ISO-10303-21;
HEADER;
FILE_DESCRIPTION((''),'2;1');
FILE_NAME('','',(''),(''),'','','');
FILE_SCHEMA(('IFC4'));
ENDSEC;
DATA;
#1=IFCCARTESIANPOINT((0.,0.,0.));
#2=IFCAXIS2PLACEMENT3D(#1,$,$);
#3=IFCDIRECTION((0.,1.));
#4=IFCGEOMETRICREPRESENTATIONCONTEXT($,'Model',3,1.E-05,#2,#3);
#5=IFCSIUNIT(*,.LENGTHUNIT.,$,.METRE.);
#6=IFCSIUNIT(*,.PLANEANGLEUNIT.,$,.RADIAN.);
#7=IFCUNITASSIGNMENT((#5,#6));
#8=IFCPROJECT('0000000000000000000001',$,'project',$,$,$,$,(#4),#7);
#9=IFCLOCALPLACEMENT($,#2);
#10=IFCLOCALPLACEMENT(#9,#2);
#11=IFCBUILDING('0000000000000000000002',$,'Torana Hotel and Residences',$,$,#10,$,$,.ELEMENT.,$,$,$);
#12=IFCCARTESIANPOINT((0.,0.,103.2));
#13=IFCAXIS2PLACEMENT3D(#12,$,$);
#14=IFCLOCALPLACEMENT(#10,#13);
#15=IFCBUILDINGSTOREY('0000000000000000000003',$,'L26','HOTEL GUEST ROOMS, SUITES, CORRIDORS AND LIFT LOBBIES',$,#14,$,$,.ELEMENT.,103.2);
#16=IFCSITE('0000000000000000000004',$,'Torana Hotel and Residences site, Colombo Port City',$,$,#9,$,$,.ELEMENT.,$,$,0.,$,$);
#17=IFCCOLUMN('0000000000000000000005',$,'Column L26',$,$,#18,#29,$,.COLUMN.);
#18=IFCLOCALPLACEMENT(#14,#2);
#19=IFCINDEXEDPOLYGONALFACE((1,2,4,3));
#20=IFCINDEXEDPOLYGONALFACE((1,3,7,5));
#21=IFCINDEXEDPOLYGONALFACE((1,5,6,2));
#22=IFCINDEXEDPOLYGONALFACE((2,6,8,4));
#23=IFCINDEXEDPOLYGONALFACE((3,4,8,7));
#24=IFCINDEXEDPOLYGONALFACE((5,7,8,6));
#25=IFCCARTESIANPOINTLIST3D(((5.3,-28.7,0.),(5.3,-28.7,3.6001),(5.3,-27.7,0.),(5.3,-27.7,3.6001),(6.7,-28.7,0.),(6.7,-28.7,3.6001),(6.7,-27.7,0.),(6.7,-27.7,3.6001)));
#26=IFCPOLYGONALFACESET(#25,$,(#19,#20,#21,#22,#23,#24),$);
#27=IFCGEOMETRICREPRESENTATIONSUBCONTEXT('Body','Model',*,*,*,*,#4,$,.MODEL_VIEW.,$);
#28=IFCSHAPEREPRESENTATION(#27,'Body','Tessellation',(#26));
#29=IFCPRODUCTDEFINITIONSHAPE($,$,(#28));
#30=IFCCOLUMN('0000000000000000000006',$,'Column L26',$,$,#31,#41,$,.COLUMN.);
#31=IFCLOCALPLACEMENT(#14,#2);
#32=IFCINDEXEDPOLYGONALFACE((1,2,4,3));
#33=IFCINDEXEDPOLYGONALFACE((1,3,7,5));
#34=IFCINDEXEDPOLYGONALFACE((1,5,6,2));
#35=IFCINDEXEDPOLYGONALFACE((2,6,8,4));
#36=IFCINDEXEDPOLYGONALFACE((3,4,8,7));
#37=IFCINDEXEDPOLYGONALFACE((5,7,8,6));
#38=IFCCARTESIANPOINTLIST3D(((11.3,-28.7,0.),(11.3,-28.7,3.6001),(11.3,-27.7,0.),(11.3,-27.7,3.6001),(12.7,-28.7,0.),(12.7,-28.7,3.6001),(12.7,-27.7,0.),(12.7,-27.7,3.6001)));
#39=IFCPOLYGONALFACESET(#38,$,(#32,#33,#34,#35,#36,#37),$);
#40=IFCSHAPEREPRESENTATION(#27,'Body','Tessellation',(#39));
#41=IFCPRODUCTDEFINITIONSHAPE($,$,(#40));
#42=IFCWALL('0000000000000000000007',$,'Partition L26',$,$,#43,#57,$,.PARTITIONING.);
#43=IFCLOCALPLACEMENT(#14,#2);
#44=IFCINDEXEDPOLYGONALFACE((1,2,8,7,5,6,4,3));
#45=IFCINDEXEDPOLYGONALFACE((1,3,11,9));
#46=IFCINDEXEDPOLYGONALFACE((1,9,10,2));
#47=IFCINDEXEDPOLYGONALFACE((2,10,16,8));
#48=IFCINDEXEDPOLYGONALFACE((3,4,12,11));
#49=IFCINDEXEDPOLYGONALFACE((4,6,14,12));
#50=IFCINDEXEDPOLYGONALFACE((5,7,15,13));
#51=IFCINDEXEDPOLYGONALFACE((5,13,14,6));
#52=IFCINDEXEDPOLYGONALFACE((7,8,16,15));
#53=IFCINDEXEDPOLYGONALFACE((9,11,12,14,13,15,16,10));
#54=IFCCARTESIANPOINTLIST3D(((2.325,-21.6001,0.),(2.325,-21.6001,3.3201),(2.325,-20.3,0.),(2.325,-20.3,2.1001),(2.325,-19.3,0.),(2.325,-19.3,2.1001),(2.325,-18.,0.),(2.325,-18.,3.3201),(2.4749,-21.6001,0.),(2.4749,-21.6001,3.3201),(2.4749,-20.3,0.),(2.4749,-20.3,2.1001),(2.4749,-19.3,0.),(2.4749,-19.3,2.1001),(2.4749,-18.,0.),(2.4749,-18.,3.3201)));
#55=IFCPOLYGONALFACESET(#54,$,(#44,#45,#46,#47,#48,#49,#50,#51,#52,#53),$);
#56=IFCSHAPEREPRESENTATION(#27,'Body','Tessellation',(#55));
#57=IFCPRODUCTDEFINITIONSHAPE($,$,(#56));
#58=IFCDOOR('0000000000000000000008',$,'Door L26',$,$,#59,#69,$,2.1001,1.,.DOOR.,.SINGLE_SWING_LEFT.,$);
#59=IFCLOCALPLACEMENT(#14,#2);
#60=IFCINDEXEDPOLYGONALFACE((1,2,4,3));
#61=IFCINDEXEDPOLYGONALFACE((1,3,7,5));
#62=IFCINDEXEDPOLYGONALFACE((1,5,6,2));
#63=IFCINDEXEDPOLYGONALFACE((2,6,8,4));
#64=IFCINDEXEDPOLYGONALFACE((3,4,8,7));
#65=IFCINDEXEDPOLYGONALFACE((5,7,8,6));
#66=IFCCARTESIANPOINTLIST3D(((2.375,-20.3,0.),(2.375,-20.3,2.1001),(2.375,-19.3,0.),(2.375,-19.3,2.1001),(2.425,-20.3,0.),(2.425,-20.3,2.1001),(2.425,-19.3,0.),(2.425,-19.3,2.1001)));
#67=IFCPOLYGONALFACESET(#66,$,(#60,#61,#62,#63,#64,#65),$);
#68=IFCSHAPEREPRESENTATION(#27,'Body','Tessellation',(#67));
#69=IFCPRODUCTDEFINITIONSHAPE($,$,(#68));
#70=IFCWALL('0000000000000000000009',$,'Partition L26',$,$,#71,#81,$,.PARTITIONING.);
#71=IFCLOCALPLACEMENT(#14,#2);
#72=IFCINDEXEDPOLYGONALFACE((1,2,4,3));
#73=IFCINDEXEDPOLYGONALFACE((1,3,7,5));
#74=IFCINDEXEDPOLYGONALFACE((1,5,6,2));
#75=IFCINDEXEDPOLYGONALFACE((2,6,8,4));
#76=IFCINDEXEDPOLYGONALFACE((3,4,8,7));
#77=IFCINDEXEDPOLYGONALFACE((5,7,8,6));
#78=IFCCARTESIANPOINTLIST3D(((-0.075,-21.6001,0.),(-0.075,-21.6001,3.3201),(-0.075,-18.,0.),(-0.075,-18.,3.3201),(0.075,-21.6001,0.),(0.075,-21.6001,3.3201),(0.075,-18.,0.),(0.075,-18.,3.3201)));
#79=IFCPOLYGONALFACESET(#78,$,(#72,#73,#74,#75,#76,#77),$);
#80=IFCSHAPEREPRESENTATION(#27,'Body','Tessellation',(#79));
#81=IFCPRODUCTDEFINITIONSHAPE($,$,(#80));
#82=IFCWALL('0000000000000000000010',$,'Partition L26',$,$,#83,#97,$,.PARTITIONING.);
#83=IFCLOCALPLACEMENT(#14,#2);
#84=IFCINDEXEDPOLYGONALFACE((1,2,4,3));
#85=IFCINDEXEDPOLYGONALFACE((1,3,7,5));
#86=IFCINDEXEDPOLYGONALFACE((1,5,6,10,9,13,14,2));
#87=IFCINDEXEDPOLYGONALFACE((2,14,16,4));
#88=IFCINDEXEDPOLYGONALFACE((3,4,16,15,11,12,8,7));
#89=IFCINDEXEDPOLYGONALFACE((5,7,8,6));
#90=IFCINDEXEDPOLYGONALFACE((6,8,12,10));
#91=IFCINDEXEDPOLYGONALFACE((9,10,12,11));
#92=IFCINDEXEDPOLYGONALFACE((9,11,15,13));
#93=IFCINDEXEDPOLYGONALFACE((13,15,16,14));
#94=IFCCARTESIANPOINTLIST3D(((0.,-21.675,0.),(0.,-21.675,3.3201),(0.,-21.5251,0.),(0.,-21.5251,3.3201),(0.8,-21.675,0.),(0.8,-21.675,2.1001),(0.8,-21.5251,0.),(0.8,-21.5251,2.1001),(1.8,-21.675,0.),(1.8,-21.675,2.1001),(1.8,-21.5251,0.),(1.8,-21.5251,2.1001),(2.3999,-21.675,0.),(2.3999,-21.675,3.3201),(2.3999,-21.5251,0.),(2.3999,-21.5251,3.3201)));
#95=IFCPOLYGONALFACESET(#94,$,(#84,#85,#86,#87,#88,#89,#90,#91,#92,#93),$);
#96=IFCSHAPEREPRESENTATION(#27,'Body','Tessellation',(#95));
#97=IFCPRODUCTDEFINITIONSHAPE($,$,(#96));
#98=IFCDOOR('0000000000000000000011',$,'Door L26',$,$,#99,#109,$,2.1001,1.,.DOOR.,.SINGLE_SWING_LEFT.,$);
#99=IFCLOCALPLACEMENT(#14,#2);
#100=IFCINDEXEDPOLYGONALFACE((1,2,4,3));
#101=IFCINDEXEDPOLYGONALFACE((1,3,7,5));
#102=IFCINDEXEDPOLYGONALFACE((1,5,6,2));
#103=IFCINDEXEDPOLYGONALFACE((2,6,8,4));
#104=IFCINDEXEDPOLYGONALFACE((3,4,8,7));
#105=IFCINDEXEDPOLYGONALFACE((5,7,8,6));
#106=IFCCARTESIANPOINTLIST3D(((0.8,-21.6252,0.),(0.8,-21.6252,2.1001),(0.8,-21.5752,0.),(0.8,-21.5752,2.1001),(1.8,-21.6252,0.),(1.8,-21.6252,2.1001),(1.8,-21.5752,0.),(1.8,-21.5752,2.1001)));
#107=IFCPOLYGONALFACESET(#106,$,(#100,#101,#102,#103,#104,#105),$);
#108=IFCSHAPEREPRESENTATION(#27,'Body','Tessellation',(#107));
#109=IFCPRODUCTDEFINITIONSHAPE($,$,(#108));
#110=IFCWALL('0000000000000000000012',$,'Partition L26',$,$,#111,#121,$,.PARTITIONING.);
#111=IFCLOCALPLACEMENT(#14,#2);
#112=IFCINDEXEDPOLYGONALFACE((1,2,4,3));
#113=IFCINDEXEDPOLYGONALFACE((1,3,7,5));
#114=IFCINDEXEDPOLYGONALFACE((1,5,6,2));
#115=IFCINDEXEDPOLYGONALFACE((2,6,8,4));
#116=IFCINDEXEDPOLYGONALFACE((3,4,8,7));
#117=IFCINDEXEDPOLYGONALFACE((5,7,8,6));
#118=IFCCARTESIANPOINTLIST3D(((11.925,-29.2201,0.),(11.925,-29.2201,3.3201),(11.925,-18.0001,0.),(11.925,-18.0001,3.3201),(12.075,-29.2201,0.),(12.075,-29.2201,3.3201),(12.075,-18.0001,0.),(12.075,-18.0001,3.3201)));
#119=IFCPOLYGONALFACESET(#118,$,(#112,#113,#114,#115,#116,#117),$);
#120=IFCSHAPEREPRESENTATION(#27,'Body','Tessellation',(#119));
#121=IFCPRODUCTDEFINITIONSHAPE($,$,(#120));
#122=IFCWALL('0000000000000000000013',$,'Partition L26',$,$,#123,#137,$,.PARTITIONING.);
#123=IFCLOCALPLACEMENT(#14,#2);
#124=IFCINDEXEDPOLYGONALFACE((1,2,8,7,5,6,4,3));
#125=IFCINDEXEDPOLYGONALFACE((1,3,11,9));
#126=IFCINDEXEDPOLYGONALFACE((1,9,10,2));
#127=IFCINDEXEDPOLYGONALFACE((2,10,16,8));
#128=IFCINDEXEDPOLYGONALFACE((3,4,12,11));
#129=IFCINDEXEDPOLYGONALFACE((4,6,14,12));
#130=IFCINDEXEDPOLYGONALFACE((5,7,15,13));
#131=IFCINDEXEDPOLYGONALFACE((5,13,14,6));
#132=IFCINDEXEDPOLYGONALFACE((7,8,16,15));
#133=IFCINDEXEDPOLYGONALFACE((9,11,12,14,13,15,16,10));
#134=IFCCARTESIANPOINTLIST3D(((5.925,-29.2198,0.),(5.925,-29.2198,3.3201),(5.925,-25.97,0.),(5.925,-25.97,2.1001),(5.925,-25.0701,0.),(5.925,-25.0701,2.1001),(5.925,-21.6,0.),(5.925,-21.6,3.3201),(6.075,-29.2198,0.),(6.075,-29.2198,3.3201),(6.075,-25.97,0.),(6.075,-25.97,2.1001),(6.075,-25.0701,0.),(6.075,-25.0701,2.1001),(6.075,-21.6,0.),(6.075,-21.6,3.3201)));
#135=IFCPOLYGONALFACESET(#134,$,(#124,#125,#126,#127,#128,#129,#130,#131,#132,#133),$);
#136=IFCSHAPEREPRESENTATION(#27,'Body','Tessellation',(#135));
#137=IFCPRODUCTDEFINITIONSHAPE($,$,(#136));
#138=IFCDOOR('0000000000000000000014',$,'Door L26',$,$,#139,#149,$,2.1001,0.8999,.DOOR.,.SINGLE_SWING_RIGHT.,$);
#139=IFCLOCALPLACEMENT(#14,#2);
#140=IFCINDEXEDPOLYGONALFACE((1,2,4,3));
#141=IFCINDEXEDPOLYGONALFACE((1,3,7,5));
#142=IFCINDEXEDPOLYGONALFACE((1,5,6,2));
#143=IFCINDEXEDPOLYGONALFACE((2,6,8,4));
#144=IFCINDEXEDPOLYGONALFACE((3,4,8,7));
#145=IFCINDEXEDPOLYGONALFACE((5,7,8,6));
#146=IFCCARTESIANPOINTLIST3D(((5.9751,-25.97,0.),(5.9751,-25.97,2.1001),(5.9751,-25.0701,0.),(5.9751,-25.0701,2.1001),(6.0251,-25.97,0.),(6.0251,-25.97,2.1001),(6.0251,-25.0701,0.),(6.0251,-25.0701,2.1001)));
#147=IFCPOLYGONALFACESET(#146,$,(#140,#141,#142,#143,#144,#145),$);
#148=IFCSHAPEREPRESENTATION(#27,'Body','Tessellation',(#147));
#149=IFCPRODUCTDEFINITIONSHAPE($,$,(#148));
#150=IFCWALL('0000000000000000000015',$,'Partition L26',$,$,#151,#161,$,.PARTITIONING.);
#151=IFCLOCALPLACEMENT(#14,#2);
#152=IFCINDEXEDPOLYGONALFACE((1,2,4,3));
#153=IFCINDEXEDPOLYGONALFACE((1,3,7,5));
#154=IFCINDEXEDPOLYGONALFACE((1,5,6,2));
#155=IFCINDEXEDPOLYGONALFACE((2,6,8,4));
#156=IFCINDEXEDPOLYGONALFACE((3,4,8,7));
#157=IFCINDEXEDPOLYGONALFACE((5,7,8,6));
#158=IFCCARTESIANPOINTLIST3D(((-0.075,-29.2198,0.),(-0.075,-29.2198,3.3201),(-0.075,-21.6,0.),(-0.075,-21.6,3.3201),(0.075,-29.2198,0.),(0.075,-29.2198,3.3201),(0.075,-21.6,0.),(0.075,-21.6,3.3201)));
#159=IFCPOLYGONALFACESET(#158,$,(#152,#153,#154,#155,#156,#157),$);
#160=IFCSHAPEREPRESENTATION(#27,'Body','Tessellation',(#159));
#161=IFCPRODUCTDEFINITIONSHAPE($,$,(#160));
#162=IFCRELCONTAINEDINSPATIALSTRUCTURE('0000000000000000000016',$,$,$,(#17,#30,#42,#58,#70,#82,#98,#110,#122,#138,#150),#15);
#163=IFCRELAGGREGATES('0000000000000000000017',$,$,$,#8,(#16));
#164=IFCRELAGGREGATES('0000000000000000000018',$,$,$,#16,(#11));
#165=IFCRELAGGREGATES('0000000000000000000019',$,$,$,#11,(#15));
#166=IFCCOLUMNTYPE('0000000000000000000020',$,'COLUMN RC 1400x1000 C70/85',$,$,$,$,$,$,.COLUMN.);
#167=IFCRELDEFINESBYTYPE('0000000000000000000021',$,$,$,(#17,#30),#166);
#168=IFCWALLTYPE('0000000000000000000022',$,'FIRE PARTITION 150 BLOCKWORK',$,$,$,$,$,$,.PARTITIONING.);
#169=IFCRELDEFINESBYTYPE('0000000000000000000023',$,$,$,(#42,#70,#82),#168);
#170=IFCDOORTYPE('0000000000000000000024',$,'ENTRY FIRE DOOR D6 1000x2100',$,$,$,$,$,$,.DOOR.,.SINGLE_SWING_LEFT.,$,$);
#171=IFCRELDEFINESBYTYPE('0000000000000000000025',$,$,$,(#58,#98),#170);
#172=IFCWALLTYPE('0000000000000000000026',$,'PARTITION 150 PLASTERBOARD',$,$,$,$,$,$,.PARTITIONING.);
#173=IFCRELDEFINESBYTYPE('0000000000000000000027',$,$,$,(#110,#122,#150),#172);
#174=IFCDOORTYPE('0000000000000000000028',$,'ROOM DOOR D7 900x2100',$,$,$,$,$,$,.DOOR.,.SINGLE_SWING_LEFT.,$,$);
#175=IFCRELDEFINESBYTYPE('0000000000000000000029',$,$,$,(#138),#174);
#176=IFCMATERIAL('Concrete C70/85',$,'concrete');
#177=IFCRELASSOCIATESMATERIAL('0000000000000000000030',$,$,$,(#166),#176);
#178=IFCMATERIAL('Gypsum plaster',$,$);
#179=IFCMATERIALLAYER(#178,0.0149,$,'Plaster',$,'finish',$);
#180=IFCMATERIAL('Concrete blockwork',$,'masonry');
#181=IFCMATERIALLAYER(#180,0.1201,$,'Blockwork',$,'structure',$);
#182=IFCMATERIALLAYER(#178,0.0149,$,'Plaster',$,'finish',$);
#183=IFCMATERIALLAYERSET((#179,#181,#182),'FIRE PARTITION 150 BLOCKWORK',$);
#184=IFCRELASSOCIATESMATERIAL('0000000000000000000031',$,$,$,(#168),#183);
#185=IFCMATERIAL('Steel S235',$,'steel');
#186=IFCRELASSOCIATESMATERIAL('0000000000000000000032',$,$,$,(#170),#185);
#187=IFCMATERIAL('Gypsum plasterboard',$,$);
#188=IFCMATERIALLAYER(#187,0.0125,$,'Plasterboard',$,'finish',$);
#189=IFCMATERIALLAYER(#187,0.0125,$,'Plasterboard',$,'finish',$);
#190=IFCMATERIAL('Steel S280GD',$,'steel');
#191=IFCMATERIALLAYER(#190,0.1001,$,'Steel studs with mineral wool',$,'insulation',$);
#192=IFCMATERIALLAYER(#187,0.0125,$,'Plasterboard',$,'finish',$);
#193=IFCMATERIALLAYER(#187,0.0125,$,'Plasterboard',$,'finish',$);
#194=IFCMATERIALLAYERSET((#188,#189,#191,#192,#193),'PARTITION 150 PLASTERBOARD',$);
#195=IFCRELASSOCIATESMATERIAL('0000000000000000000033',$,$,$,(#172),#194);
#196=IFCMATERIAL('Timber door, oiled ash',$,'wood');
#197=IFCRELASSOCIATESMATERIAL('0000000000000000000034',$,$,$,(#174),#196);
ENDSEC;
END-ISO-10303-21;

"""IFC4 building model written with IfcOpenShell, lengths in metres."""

from ifc_helpers import new_model, si_unit, direction, frame, frame_2d, origin, origin_2d, place, context, subcontext, project, spatial, rectangle, extrude, material, layer, layer_set, material_profile, profile_set, type_object, element, fill, save


model = new_model("IFC4")

# Units and contexts
model_context = context("Model", 3, precision=1e-05, world=origin(), true_north=direction((0.0, 1.0)))
body_context = subcontext(model_context, "Body", "Model", "MODEL_VIEW")
ifc_project = project(units=[si_unit("LENGTHUNIT", "METRE"), si_unit("PLANEANGLEUNIT", "RADIAN")], contexts=[model_context])

# Site, building, storey
site_placement = place(None, origin())
site = spatial("IfcSite", under=ifc_project, at=site_placement, Name="Torana Hotel and Residences site, Colombo Port City", CompositionType="ELEMENT", RefElevation=0.0)
building_placement = place(site_placement, origin())
building = spatial("IfcBuilding", under=site, at=building_placement, Name="Torana Hotel and Residences", CompositionType="ELEMENT")
storey_placement = place(building_placement, frame((0.0, 0.0, 103.2)))
storey = spatial("IfcBuildingStorey", under=building, at=storey_placement, Name="L26", Description="HOTEL GUEST ROOMS, SUITES, CORRIDORS AND LIFT LOBBIES", CompositionType="ELEMENT", Elevation=103.2)

# Columns
ifc_material_1 = material(Name="Concrete C70/85", Category="concrete")
ifc_material_profile = material_profile(ifc_material_1, rectangle(XDim=1.3999, YDim=1.0, at=origin_2d()), Name="RC 1400x1000")
ifc_profile_set = profile_set([ifc_material_profile], Name="Concrete C70/85")
column_type = type_object("IfcColumnType", Name="COLUMN RC 1400x1000 C70/85", PredefinedType="COLUMN", material=ifc_profile_set)
for number, where, z_axis, x_axis, name in (
    (1, (6.0, -28.2, 0.0), (0.0, 0.0, 1.0), (1.0, 0.0, 0.0), "Column L26"),
    (2, (12.0, -28.2, 0.0), (0.0, 0.0, 1.0), (1.0, 0.0, 0.0), "Column L26"),
):
    element("IfcColumn", number, at=place(storey_placement, frame(where, z_axis=z_axis, x_axis=x_axis)), inside=storey, type_object=column_type, Name=name, PredefinedType="COLUMN", context=body_context, shape_type="SweptSolid", body=[
        extrude(rectangle(XDim=1.3999, YDim=1.0, at=origin_2d()), origin(), (0.0, 0.0, 1.0), 3.6001),
    ])

# Wall, opening, door
ifc_material_2 = material(Name="Gypsum plaster")
ifc_layer_1 = layer(ifc_material_2, 0.0149, Name="Plaster", Category="finish")
ifc_material_3 = material(Name="Concrete blockwork", Category="masonry")
ifc_layer_2 = layer(ifc_material_3, 0.1201, Name="Blockwork", Category="structure")
ifc_layer_3 = layer(ifc_material_2, 0.0149, Name="Plaster", Category="finish")
ifc_layer_set_1 = layer_set([ifc_layer_1, ifc_layer_2, ifc_layer_3], Name="FIRE PARTITION 150 BLOCKWORK")
wall_type_1 = type_object("IfcWallType", Name="FIRE PARTITION 150 BLOCKWORK", PredefinedType="PARTITIONING", material=ifc_layer_set_1)
wall_1_placement = place(storey_placement, frame((2.3999, -21.6001, 0.0), z_axis=(0.0, 0.0, 1.0), x_axis=(0.0, 1.0, 0.0)))
wall_1 = element("IfcWall", 3, at=wall_1_placement, inside=storey, type_object=wall_type_1, Name="Partition L26", PredefinedType="PARTITIONING", context=body_context, shape_type="SweptSolid", body=[
    extrude(rectangle(XDim=3.6001, YDim=0.1499, at=frame_2d((1.8, 0.0))), origin(), (0.0, 0.0, 1.0), 3.3201),
])
opening_1_placement = place(wall_1_placement, frame((1.3, 0.0, 0.0)))
opening_1 = element("IfcOpeningElement", 4, at=opening_1_placement, cuts=wall_1, PredefinedType="OPENING", context=body_context, shape_type="SweptSolid", body=[
    extrude(rectangle(XDim=1.0, YDim=2.1001, at=frame_2d((0.5, 1.05))), frame((0.0, 0.085, 0.0), z_axis=(0.0, -1.0, 0.0), x_axis=(1.0, 0.0, 0.0)), (0.0, 0.0, 1.0), 0.1699),
])
ifc_material_4 = material(Name="Steel S235", Category="steel")
door_type_1 = type_object("IfcDoorType", Name="ENTRY FIRE DOOR D6 1000x2100", OperationType="SINGLE_SWING_LEFT", PredefinedType="DOOR", material=ifc_material_4)
door_1_placement = place(opening_1_placement, frame((0.5, 0.0, 0.0), z_axis=(0.0, 0.0, 1.0), x_axis=(-1.0, 0.0, 0.0)))
door_1 = element("IfcDoor", 5, at=door_1_placement, inside=storey, type_object=door_type_1, Name="Door L26", OperationType="SINGLE_SWING_LEFT", OverallHeight=2.1001, OverallWidth=1.0, PredefinedType="DOOR", context=body_context, shape_type="SweptSolid", body=[
    extrude(rectangle(XDim=1.0, YDim=2.1001, at=frame_2d((0.0, 1.05))), frame((0.0, -0.0249, 0.0), z_axis=(0.0, 1.0, 0.0), x_axis=(-1.0, 0.0, 0.0)), (0.0, 0.0, 1.0), 0.05),
])
fill(opening_1, door_1)

# Wall
wall_2_placement = place(storey_placement, frame((0.0, -21.6001, 0.0), z_axis=(0.0, 0.0, 1.0), x_axis=(0.0, 1.0, 0.0)))
element("IfcWall", 6, at=wall_2_placement, inside=storey, type_object=wall_type_1, Name="Partition L26", PredefinedType="PARTITIONING", context=body_context, shape_type="SweptSolid", body=[
    extrude(rectangle(XDim=3.6001, YDim=0.1499, at=frame_2d((1.8, 0.0))), origin(), (0.0, 0.0, 1.0), 3.3201),
])

# Wall, opening, door
wall_3_placement = place(storey_placement, frame((0.0, -21.6001, 0.0), z_axis=(0.0, 0.0, 1.0), x_axis=(1.0, 0.0, 0.0)))
wall_3 = element("IfcWall", 7, at=wall_3_placement, inside=storey, type_object=wall_type_1, Name="Partition L26", PredefinedType="PARTITIONING", context=body_context, shape_type="SweptSolid", body=[
    extrude(rectangle(XDim=2.3999, YDim=0.1499, at=frame_2d((1.2, 0.0))), origin(), (0.0, 0.0, 1.0), 3.3201),
])
opening_2_placement = place(wall_3_placement, frame((0.8, 0.0, 0.0)))
opening_2 = element("IfcOpeningElement", 8, at=opening_2_placement, cuts=wall_3, PredefinedType="OPENING", context=body_context, shape_type="SweptSolid", body=[
    extrude(rectangle(XDim=1.0, YDim=2.1001, at=frame_2d((0.5, 1.05))), frame((0.0, 0.085, 0.0), z_axis=(0.0, -1.0, 0.0), x_axis=(1.0, 0.0, 0.0)), (0.0, 0.0, 1.0), 0.1699),
])
door_2_placement = place(opening_2_placement, frame((0.5, 0.0, 0.0), z_axis=(0.0, 0.0, 1.0), x_axis=(-1.0, 0.0, 0.0)))
door_2 = element("IfcDoor", 9, at=door_2_placement, inside=storey, type_object=door_type_1, Name="Door L26", OperationType="SINGLE_SWING_LEFT", OverallHeight=2.1001, OverallWidth=1.0, PredefinedType="DOOR", context=body_context, shape_type="SweptSolid", body=[
    extrude(rectangle(XDim=1.0, YDim=2.1001, at=frame_2d((0.0, 1.05))), frame((0.0, -0.0249, 0.0), z_axis=(0.0, 1.0, 0.0), x_axis=(-1.0, 0.0, 0.0)), (0.0, 0.0, 1.0), 0.05),
])
fill(opening_2, door_2)

# Wall
ifc_material_5 = material(Name="Gypsum plasterboard")
ifc_layer_4 = layer(ifc_material_5, 0.0125, Name="Plasterboard", Category="finish")
ifc_layer_5 = layer(ifc_material_5, 0.0125, Name="Plasterboard", Category="finish")
ifc_material_6 = material(Name="Steel S280GD", Category="steel")
ifc_layer_6 = layer(ifc_material_6, 0.1001, Name="Steel studs with mineral wool", Category="insulation")
ifc_layer_7 = layer(ifc_material_5, 0.0125, Name="Plasterboard", Category="finish")
ifc_layer_8 = layer(ifc_material_5, 0.0125, Name="Plasterboard", Category="finish")
ifc_layer_set_2 = layer_set([ifc_layer_4, ifc_layer_5, ifc_layer_6, ifc_layer_7, ifc_layer_8], Name="PARTITION 150 PLASTERBOARD")
wall_type_2 = type_object("IfcWallType", Name="PARTITION 150 PLASTERBOARD", PredefinedType="PARTITIONING", material=ifc_layer_set_2)
wall_4_placement = place(storey_placement, frame((12.0, -29.22, 0.0), z_axis=(0.0, 0.0, 1.0), x_axis=(0.0, 1.0, 0.0)))
element("IfcWall", 10, at=wall_4_placement, inside=storey, type_object=wall_type_2, Name="Partition L26", PredefinedType="PARTITIONING", context=body_context, shape_type="SweptSolid", body=[
    extrude(rectangle(XDim=11.22, YDim=0.1499, at=frame_2d((5.6099, 0.0))), origin(), (0.0, 0.0, 1.0), 3.3201),
])

# Wall, opening, door
wall_5_placement = place(storey_placement, frame((6.0, -29.22, 0.0), z_axis=(0.0, 0.0, 1.0), x_axis=(0.0, 1.0, 0.0)))
wall_5 = element("IfcWall", 11, at=wall_5_placement, inside=storey, type_object=wall_type_2, Name="Partition L26", PredefinedType="PARTITIONING", context=body_context, shape_type="SweptSolid", body=[
    extrude(rectangle(XDim=7.6199, YDim=0.1499, at=frame_2d((3.8101, 0.0))), origin(), (0.0, 0.0, 1.0), 3.3201),
])
opening_3_placement = place(wall_5_placement, frame((3.25, 0.0, 0.0)))
opening_3 = element("IfcOpeningElement", 12, at=opening_3_placement, cuts=wall_5, PredefinedType="OPENING", context=body_context, shape_type="SweptSolid", body=[
    extrude(rectangle(XDim=0.8999, YDim=2.1001, at=frame_2d((0.45, 1.05))), frame((0.0, 0.085, 0.0), z_axis=(0.0, -1.0, 0.0), x_axis=(1.0, 0.0, 0.0)), (0.0, 0.0, 1.0), 0.1699),
])
ifc_material_7 = material(Name="Timber door, oiled ash", Category="wood")
door_type_2 = type_object("IfcDoorType", Name="ROOM DOOR D7 900x2100", OperationType="SINGLE_SWING_LEFT", PredefinedType="DOOR", material=ifc_material_7)
door_3_placement = place(opening_3_placement, origin())
door_3 = element("IfcDoor", 13, at=door_3_placement, inside=storey, type_object=door_type_2, Name="Door L26", OperationType="SINGLE_SWING_RIGHT", OverallHeight=2.1001, OverallWidth=0.8999, PredefinedType="DOOR", context=body_context, shape_type="SweptSolid", body=[
    extrude(rectangle(XDim=0.8999, YDim=2.1001, at=frame_2d((0.45, 1.05))), frame((0.0, 0.0249, 0.0), z_axis=(0.0, -1.0, 0.0), x_axis=(1.0, 0.0, 0.0)), (0.0, 0.0, 1.0), 0.05),
])
fill(opening_3, door_3)

# Wall
wall_6_placement = place(storey_placement, frame((0.0, -29.22, 0.0), z_axis=(0.0, 0.0, 1.0), x_axis=(0.0, 1.0, 0.0)))
element("IfcWall", 14, at=wall_6_placement, inside=storey, type_object=wall_type_2, Name="Partition L26", PredefinedType="PARTITIONING", context=body_context, shape_type="SweptSolid", body=[
    extrude(rectangle(XDim=7.6199, YDim=0.1499, at=frame_2d((3.8101, 0.0))), origin(), (0.0, 0.0, 1.0), 3.3201),
])

save(model, "model.ifc")
